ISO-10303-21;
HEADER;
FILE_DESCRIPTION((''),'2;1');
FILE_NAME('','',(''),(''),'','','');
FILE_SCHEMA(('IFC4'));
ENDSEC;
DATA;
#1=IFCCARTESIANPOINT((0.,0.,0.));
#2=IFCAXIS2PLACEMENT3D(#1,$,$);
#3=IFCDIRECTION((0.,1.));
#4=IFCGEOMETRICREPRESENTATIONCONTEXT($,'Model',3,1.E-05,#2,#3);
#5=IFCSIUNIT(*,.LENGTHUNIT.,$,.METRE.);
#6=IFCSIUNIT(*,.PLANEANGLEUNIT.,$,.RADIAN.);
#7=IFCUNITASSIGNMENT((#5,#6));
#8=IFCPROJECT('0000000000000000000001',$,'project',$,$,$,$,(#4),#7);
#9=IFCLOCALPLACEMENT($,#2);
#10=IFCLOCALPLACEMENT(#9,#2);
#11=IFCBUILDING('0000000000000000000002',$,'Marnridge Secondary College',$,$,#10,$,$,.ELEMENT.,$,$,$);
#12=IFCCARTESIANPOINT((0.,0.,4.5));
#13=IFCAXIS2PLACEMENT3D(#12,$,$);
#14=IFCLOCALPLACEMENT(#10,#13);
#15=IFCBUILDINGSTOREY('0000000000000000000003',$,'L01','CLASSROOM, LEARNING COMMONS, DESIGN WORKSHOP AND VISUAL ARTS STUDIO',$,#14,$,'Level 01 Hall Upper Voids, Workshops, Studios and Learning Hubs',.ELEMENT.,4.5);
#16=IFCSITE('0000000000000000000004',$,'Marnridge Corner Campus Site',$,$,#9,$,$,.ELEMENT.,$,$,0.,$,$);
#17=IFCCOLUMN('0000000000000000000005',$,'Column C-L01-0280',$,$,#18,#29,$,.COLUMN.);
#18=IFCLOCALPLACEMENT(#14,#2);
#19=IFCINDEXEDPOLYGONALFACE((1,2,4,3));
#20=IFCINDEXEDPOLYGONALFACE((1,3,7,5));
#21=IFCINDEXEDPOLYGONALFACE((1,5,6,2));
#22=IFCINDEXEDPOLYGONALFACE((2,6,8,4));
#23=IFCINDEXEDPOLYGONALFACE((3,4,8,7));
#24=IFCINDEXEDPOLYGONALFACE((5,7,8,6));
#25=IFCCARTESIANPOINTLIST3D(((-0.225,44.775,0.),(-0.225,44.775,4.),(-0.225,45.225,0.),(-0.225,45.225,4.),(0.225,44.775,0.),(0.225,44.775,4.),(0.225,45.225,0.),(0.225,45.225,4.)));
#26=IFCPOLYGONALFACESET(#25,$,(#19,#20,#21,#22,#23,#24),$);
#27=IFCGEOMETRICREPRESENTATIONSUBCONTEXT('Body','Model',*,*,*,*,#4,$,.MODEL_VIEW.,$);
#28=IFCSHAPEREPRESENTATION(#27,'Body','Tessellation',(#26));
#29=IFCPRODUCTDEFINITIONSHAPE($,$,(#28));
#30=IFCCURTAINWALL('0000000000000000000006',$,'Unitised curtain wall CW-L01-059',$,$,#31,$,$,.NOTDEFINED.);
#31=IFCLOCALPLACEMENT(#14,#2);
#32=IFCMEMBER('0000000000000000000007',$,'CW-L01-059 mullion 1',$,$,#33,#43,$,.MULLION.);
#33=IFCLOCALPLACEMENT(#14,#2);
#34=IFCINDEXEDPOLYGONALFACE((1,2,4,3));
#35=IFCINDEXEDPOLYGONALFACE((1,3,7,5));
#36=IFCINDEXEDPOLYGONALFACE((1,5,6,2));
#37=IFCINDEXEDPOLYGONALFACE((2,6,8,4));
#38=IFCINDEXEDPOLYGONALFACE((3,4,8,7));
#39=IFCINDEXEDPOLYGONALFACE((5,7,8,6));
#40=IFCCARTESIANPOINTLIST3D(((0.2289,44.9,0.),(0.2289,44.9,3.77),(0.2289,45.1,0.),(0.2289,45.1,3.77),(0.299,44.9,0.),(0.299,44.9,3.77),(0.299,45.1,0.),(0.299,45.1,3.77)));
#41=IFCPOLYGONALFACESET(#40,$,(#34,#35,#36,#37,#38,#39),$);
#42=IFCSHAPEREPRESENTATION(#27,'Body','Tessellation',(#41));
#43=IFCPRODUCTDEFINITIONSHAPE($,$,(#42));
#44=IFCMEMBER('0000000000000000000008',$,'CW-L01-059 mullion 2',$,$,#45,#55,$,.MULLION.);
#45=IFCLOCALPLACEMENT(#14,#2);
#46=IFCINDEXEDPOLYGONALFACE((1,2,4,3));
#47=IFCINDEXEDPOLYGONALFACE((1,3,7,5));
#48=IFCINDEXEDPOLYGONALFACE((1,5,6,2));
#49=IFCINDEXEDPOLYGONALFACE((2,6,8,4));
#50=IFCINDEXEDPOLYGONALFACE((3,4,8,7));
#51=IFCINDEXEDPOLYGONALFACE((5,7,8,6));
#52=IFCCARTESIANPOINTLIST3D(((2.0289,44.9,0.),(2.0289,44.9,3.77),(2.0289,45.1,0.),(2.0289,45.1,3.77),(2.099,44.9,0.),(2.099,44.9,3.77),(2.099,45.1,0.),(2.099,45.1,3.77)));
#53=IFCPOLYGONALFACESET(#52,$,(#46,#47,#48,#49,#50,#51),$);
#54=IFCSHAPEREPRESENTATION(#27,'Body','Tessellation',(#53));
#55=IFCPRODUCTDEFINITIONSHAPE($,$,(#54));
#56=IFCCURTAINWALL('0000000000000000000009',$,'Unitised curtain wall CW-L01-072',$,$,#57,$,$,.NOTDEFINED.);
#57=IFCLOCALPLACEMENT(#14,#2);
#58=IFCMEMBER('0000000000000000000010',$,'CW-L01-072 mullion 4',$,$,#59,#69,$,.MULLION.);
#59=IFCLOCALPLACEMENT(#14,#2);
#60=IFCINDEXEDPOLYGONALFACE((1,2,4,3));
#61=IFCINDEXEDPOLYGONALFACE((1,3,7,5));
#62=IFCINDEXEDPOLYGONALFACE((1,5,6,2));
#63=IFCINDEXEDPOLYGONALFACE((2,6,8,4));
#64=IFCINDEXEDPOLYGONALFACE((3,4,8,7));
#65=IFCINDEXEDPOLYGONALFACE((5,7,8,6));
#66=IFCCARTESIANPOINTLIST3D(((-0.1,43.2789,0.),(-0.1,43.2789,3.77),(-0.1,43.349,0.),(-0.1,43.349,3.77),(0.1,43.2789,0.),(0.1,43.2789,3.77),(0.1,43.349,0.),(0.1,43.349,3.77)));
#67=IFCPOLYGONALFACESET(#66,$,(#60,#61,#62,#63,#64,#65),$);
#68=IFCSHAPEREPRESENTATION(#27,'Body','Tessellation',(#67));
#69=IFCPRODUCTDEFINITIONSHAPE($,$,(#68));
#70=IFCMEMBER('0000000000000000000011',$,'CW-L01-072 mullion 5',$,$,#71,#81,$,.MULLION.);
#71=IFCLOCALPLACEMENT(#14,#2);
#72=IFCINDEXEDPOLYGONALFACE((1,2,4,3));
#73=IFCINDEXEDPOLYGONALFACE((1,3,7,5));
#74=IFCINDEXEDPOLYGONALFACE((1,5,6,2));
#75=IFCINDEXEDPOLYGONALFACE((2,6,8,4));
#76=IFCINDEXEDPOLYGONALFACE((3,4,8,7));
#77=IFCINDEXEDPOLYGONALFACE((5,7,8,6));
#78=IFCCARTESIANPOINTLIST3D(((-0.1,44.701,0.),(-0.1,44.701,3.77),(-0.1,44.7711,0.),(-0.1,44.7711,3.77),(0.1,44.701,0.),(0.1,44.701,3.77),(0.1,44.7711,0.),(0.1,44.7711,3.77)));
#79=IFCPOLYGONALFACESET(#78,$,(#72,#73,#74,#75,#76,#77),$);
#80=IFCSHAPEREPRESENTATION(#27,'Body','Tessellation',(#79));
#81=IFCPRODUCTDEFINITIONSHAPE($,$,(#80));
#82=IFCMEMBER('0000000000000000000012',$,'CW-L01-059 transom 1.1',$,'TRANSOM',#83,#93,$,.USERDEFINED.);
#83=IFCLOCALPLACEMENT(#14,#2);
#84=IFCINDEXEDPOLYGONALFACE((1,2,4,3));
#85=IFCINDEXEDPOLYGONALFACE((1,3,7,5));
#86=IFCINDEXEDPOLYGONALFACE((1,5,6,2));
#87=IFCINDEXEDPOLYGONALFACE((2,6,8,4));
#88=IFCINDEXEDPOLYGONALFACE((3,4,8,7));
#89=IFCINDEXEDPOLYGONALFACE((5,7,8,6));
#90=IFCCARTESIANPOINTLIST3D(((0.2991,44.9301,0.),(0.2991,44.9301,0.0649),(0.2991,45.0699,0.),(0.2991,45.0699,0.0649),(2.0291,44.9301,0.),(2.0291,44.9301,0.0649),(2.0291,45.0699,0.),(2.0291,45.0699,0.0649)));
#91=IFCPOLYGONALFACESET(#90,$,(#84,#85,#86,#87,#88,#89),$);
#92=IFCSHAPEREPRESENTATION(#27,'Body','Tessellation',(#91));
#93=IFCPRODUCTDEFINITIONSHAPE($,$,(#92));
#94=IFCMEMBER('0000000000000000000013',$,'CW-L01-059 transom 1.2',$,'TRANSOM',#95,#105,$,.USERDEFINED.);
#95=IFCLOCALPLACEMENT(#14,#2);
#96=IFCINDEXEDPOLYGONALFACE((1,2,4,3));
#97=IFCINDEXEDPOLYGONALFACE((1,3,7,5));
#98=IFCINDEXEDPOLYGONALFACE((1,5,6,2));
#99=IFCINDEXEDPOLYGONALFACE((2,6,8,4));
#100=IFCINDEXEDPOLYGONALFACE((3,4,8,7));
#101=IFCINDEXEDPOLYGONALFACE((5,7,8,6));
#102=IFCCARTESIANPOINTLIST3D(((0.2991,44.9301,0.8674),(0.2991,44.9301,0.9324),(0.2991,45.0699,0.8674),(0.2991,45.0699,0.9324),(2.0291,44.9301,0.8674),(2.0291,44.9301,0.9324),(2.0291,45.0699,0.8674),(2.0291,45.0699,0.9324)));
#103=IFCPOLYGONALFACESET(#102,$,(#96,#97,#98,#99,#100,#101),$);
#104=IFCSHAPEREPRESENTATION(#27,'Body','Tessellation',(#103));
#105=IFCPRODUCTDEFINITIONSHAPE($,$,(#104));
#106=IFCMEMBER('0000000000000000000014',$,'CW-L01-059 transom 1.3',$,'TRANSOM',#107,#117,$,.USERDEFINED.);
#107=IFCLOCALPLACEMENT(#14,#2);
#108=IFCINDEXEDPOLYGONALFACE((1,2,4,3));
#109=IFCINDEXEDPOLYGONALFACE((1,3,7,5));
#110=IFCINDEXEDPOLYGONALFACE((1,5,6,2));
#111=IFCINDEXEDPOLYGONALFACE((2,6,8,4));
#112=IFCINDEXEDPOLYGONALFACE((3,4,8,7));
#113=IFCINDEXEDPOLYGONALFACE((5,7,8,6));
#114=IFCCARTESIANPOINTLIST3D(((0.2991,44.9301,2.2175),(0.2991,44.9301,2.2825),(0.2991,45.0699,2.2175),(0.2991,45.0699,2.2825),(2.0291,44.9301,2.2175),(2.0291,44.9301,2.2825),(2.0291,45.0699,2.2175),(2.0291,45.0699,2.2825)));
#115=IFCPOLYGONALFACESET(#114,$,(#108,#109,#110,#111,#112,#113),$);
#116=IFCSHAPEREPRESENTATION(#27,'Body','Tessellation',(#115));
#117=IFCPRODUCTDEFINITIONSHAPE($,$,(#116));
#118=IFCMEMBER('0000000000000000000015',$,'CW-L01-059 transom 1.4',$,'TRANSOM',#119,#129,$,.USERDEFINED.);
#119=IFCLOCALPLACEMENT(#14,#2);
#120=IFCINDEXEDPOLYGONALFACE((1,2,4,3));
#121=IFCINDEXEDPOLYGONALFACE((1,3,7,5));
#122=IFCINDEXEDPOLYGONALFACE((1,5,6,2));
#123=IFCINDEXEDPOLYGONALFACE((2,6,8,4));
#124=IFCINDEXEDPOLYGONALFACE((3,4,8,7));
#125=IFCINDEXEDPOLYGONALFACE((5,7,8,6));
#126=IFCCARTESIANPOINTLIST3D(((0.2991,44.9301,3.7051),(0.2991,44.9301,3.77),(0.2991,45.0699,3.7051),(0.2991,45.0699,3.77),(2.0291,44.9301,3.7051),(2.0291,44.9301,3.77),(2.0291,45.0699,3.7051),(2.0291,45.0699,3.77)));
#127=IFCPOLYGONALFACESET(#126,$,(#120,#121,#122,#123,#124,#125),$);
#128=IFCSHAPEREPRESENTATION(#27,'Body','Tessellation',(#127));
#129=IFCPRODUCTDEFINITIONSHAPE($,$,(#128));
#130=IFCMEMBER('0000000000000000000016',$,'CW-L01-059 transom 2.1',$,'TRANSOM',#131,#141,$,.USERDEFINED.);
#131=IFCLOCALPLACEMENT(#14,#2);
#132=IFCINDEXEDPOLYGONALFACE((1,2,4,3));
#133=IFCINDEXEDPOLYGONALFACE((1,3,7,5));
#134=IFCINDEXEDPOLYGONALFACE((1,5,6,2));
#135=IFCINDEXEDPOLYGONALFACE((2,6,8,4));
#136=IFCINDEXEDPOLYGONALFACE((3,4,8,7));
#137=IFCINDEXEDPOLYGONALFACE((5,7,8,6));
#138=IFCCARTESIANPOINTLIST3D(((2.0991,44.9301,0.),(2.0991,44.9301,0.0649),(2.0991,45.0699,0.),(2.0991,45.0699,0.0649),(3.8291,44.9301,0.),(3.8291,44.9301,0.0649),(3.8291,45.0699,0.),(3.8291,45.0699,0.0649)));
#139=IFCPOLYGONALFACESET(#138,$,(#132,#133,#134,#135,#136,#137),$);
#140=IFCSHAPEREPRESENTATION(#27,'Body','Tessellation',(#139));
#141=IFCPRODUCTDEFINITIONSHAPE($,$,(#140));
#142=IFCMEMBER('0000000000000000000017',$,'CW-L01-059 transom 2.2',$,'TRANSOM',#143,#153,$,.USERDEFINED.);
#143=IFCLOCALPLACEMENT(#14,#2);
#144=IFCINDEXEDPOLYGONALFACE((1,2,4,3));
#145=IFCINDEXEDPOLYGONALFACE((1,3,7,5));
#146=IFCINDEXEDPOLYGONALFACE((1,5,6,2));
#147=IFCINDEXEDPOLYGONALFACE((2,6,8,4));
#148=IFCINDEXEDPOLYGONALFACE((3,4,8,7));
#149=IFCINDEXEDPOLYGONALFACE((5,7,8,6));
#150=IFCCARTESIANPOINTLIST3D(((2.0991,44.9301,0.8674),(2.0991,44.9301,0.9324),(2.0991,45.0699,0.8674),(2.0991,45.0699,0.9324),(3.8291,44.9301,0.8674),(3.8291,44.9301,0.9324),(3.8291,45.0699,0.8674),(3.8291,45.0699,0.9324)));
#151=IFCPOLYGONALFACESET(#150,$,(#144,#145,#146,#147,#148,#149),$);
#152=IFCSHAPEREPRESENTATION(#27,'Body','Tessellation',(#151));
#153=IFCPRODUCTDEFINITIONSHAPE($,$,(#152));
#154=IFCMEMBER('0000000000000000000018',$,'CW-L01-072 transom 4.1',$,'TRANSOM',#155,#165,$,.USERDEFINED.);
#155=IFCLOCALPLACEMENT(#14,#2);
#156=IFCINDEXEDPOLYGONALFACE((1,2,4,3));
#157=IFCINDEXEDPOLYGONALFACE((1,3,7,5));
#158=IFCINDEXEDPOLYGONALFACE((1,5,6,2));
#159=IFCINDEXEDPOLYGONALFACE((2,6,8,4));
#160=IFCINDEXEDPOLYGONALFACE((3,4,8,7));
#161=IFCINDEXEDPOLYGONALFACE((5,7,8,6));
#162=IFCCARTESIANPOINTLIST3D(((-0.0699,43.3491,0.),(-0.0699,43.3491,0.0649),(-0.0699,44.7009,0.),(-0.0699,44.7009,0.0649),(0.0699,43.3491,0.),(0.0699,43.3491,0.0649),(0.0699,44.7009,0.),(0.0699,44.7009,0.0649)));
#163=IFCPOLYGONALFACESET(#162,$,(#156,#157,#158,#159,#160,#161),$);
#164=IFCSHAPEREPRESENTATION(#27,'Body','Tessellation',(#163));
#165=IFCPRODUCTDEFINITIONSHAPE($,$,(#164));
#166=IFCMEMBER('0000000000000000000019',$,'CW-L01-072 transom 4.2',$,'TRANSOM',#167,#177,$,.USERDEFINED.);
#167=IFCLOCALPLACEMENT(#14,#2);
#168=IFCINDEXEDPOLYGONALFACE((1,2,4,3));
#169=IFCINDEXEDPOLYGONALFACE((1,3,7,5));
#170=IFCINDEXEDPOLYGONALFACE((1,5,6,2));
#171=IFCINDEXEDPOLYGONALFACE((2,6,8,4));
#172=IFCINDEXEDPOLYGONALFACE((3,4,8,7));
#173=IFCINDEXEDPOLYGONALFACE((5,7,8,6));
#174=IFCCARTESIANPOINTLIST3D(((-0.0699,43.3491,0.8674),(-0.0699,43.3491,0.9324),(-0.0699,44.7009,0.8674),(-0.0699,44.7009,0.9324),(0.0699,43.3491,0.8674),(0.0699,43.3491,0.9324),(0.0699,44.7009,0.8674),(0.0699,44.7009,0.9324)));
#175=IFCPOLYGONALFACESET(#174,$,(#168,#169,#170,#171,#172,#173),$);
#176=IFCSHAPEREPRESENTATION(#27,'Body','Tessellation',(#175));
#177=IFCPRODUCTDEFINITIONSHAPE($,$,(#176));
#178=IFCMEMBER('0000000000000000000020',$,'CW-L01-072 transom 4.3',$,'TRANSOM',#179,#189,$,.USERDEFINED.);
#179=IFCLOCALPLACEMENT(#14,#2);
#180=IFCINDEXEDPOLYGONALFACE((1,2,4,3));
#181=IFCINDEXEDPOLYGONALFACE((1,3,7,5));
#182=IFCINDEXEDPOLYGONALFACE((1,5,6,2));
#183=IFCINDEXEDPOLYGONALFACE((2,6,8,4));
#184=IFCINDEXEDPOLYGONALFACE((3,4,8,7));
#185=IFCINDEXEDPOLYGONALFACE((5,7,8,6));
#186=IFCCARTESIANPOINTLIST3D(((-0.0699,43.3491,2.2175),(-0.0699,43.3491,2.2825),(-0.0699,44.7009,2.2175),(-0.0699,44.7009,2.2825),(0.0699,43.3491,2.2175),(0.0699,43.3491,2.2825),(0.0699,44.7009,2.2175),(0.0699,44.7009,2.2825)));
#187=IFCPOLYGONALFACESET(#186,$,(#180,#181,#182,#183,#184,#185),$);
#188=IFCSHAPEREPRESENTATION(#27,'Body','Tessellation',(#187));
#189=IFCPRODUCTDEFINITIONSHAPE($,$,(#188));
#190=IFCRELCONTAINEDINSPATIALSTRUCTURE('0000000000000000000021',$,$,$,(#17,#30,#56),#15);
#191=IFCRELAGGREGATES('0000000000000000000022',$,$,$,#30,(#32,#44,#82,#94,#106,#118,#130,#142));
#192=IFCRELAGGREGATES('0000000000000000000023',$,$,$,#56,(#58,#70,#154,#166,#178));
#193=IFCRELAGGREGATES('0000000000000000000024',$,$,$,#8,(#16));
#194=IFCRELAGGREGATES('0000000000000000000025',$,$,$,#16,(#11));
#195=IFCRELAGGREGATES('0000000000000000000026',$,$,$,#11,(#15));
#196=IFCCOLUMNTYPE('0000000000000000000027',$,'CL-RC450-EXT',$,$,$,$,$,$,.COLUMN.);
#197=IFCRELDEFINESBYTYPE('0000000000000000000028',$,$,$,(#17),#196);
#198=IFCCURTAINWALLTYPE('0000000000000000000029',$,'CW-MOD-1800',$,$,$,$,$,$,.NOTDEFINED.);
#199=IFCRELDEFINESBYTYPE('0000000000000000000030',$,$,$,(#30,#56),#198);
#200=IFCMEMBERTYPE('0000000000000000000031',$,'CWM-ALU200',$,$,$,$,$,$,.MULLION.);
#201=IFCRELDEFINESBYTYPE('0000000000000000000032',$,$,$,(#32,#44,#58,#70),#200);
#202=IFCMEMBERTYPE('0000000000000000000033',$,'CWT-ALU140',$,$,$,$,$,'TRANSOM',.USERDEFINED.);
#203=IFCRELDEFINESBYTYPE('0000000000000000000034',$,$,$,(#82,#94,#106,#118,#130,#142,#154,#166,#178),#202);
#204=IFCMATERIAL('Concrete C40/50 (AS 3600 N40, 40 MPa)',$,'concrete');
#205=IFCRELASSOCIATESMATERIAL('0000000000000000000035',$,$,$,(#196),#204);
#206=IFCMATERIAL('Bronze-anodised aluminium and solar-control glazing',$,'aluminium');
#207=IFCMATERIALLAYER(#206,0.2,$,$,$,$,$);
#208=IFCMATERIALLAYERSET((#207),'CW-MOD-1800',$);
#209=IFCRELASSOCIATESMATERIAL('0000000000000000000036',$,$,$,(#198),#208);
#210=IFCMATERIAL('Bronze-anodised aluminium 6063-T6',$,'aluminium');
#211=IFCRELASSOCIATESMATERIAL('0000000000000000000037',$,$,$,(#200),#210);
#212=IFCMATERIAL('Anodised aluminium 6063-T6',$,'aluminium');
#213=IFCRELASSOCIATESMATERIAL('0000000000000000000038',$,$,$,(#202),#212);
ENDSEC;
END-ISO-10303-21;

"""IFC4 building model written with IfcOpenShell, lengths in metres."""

from ifc_helpers import new_model, si_unit, direction, frame, origin, origin_2d, place, context, subcontext, project, spatial, rectangle, extrude, material, layer, layer_set, material_profile, profile_set, type_object, element, aggregate, save


model = new_model("IFC4")

# Units and contexts
model_context = context("Model", 3, precision=1e-05, world=origin(), true_north=direction((0.0, 1.0)))
body_context = subcontext(model_context, "Body", "Model", "MODEL_VIEW")
ifc_project = project(units=[si_unit("LENGTHUNIT", "METRE"), si_unit("PLANEANGLEUNIT", "RADIAN")], contexts=[model_context])

# Site, building, storey
site_placement = place(None, origin())
site = spatial("IfcSite", under=ifc_project, at=site_placement, Name="Marnridge Corner Campus Site", CompositionType="ELEMENT", RefElevation=0.0)
building_placement = place(site_placement, origin())
building = spatial("IfcBuilding", under=site, at=building_placement, Name="Marnridge Secondary College", CompositionType="ELEMENT")
storey_placement = place(building_placement, frame((0.0, 0.0, 4.5)))
storey = spatial("IfcBuildingStorey", under=building, at=storey_placement, Name="L01", Description="CLASSROOM, LEARNING COMMONS, DESIGN WORKSHOP AND VISUAL ARTS STUDIO", LongName="Level 01 Hall Upper Voids, Workshops, Studios and Learning Hubs", CompositionType="ELEMENT", Elevation=4.5)

# Column
ifc_material_1 = material(Name="Concrete C40/50 (AS 3600 N40, 40 MPa)", Category="concrete")
ifc_material_profile_1 = material_profile(ifc_material_1, rectangle(XDim=0.45, YDim=0.45, at=origin_2d()), Name="RC 450x450")
ifc_profile_set_1 = profile_set([ifc_material_profile_1], Name="Concrete C40/50 (AS 3600 N40, 40 MPa)")
column_type = type_object("IfcColumnType", Name="CL-RC450-EXT", PredefinedType="COLUMN", material=ifc_profile_set_1)
column_placement = place(storey_placement, frame((0.0, 45.0, 0.0), z_axis=(0.0, 0.0, 1.0), x_axis=(1.0, 0.0, 0.0)))
element("IfcColumn", 1, at=column_placement, inside=storey, type_object=column_type, Name="Column C-L01-0280", PredefinedType="COLUMN", context=body_context, shape_type="SweptSolid", body=[
    extrude(rectangle(XDim=0.45, YDim=0.45, at=origin_2d()), origin(), (0.0, 0.0, 1.0), 4.0),
])

# Curtain walls, members
ifc_material_2 = material(Name="Bronze-anodised aluminium and solar-control glazing", Category="aluminium")
ifc_layer_1 = layer(ifc_material_2, 0.2)
ifc_layer_set_1 = layer_set([ifc_layer_1], Name="CW-MOD-1800")
curtain_wall_type = type_object("IfcCurtainWallType", Name="CW-MOD-1800", PredefinedType="NOTDEFINED", material=ifc_layer_set_1)
curtain_wall_1_placement = place(storey_placement, origin())
curtain_wall_1 = element("IfcCurtainWall", 2, at=curtain_wall_1_placement, inside=storey, type_object=curtain_wall_type, Name="Unitised curtain wall CW-L01-059", PredefinedType="NOTDEFINED")
ifc_material_3 = material(Name="Bronze-anodised aluminium 6063-T6", Category="aluminium")
ifc_material_profile_2 = material_profile(ifc_material_3, rectangle(XDim=0.0701, YDim=0.2, at=origin_2d()), Name="ALU 70x200")
ifc_profile_set_2 = profile_set([ifc_material_profile_2], Name="Bronze-anodised aluminium 6063-T6")
member_type_1 = type_object("IfcMemberType", Name="CWM-ALU200", PredefinedType="MULLION", material=ifc_profile_set_2)
member_1_placement = place(storey_placement, frame((0.2639, 45.0, 0.0), z_axis=(0.0, 0.0, 1.0), x_axis=(1.0, 0.0, 0.0)))
member_1 = element("IfcMember", 3, at=member_1_placement, type_object=member_type_1, Name="CW-L01-059 mullion 1", PredefinedType="MULLION", context=body_context, shape_type="SweptSolid", body=[
    extrude(rectangle(XDim=0.0701, YDim=0.2, at=origin_2d()), origin(), (0.0, 0.0, 1.0), 3.77),
])
member_2_placement = place(storey_placement, frame((2.064, 45.0, 0.0), z_axis=(0.0, 0.0, 1.0), x_axis=(1.0, 0.0, 0.0)))
member_2 = element("IfcMember", 4, at=member_2_placement, type_object=member_type_1, Name="CW-L01-059 mullion 2", PredefinedType="MULLION", context=body_context, shape_type="SweptSolid", body=[
    extrude(rectangle(XDim=0.0701, YDim=0.2, at=origin_2d()), origin(), (0.0, 0.0, 1.0), 3.77),
])
curtain_wall_2_placement = place(storey_placement, origin())
curtain_wall_2 = element("IfcCurtainWall", 5, at=curtain_wall_2_placement, inside=storey, type_object=curtain_wall_type, Name="Unitised curtain wall CW-L01-072", PredefinedType="NOTDEFINED")
member_3_placement = place(storey_placement, frame((0.0, 43.314, 0.0), z_axis=(0.0, 0.0, 1.0), x_axis=(0.0, 1.0, 0.0)))
member_3 = element("IfcMember", 6, at=member_3_placement, type_object=member_type_1, Name="CW-L01-072 mullion 4", PredefinedType="MULLION", context=body_context, shape_type="SweptSolid", body=[
    extrude(rectangle(XDim=0.0701, YDim=0.2, at=origin_2d()), origin(), (0.0, 0.0, 1.0), 3.77),
])
member_4_placement = place(storey_placement, frame((0.0, 44.7361, 0.0), z_axis=(0.0, 0.0, 1.0), x_axis=(0.0, 1.0, 0.0)))
member_4 = element("IfcMember", 7, at=member_4_placement, type_object=member_type_1, Name="CW-L01-072 mullion 5", PredefinedType="MULLION", context=body_context, shape_type="SweptSolid", body=[
    extrude(rectangle(XDim=0.0701, YDim=0.2, at=origin_2d()), origin(), (0.0, 0.0, 1.0), 3.77),
])

# Members
ifc_material_4 = material(Name="Anodised aluminium 6063-T6", Category="aluminium")
ifc_material_profile_3 = material_profile(ifc_material_4, rectangle(XDim=0.0649, YDim=0.1399, at=origin_2d()), Name="ALU 65x140")
ifc_profile_set_3 = profile_set([ifc_material_profile_3], Name="Anodised aluminium 6063-T6")
member_type_2 = type_object("IfcMemberType", Name="CWT-ALU140", ElementType="TRANSOM", PredefinedType="USERDEFINED", material=ifc_profile_set_3)
member_5_placement = place(storey_placement, frame((0.2991, 45.0, 0.0325), z_axis=(1.0, 0.0, 0.0), x_axis=(0.0, 0.0, 1.0)))
member_5 = element("IfcMember", 8, at=member_5_placement, type_object=member_type_2, Name="CW-L01-059 transom 1.1", ObjectType="TRANSOM", PredefinedType="USERDEFINED", context=body_context, shape_type="SweptSolid", body=[
    extrude(rectangle(XDim=0.0649, YDim=0.1399, at=origin_2d()), origin(), (0.0, 0.0, 1.0), 1.73),
])
member_6_placement = place(storey_placement, frame((0.2991, 45.0, 0.8999), z_axis=(1.0, 0.0, 0.0), x_axis=(0.0, 0.0, 1.0)))
member_6 = element("IfcMember", 9, at=member_6_placement, type_object=member_type_2, Name="CW-L01-059 transom 1.2", ObjectType="TRANSOM", PredefinedType="USERDEFINED", context=body_context, shape_type="SweptSolid", body=[
    extrude(rectangle(XDim=0.0649, YDim=0.1399, at=origin_2d()), origin(), (0.0, 0.0, 1.0), 1.73),
])
member_7_placement = place(storey_placement, frame((0.2991, 45.0, 2.25), z_axis=(1.0, 0.0, 0.0), x_axis=(0.0, 0.0, 1.0)))
member_7 = element("IfcMember", 10, at=member_7_placement, type_object=member_type_2, Name="CW-L01-059 transom 1.3", ObjectType="TRANSOM", PredefinedType="USERDEFINED", context=body_context, shape_type="SweptSolid", body=[
    extrude(rectangle(XDim=0.0649, YDim=0.1399, at=origin_2d()), origin(), (0.0, 0.0, 1.0), 1.73),
])
member_8_placement = place(storey_placement, frame((0.2991, 45.0, 3.7375), z_axis=(1.0, 0.0, 0.0), x_axis=(0.0, 0.0, 1.0)))
member_8 = element("IfcMember", 11, at=member_8_placement, type_object=member_type_2, Name="CW-L01-059 transom 1.4", ObjectType="TRANSOM", PredefinedType="USERDEFINED", context=body_context, shape_type="SweptSolid", body=[
    extrude(rectangle(XDim=0.0649, YDim=0.1399, at=origin_2d()), origin(), (0.0, 0.0, 1.0), 1.73),
])
member_9_placement = place(storey_placement, frame((2.0991, 45.0, 0.0325), z_axis=(1.0, 0.0, 0.0), x_axis=(0.0, 0.0, 1.0)))
member_9 = element("IfcMember", 12, at=member_9_placement, type_object=member_type_2, Name="CW-L01-059 transom 2.1", ObjectType="TRANSOM", PredefinedType="USERDEFINED", context=body_context, shape_type="SweptSolid", body=[
    extrude(rectangle(XDim=0.0649, YDim=0.1399, at=origin_2d()), origin(), (0.0, 0.0, 1.0), 1.73),
])
member_10_placement = place(storey_placement, frame((2.0991, 45.0, 0.8999), z_axis=(1.0, 0.0, 0.0), x_axis=(0.0, 0.0, 1.0)))
member_10 = element("IfcMember", 13, at=member_10_placement, type_object=member_type_2, Name="CW-L01-059 transom 2.2", ObjectType="TRANSOM", PredefinedType="USERDEFINED", context=body_context, shape_type="SweptSolid", body=[
    extrude(rectangle(XDim=0.0649, YDim=0.1399, at=origin_2d()), origin(), (0.0, 0.0, 1.0), 1.73),
])
member_11_placement = place(storey_placement, frame((0.0, 43.3491, 0.0325), z_axis=(0.0, 1.0, 0.0), x_axis=(0.0, 0.0, 1.0)))
member_11 = element("IfcMember", 14, at=member_11_placement, type_object=member_type_2, Name="CW-L01-072 transom 4.1", ObjectType="TRANSOM", PredefinedType="USERDEFINED", context=body_context, shape_type="SweptSolid", body=[
    extrude(rectangle(XDim=0.0649, YDim=0.1399, at=origin_2d()), origin(), (0.0, 0.0, 1.0), 1.3518),
])
member_12_placement = place(storey_placement, frame((0.0, 43.3491, 0.8999), z_axis=(0.0, 1.0, 0.0), x_axis=(0.0, 0.0, 1.0)))
member_12 = element("IfcMember", 15, at=member_12_placement, type_object=member_type_2, Name="CW-L01-072 transom 4.2", ObjectType="TRANSOM", PredefinedType="USERDEFINED", context=body_context, shape_type="SweptSolid", body=[
    extrude(rectangle(XDim=0.0649, YDim=0.1399, at=origin_2d()), origin(), (0.0, 0.0, 1.0), 1.3518),
])
member_13_placement = place(storey_placement, frame((0.0, 43.3491, 2.25), z_axis=(0.0, 1.0, 0.0), x_axis=(0.0, 0.0, 1.0)))
member_13 = element("IfcMember", 16, at=member_13_placement, type_object=member_type_2, Name="CW-L01-072 transom 4.3", ObjectType="TRANSOM", PredefinedType="USERDEFINED", context=body_context, shape_type="SweptSolid", body=[
    extrude(rectangle(XDim=0.0649, YDim=0.1399, at=origin_2d()), origin(), (0.0, 0.0, 1.0), 1.3518),
])

aggregate(curtain_wall_1, [member_1, member_2, member_5, member_6, member_7, member_8, member_9, member_10])
aggregate(curtain_wall_2, [member_3, member_4, member_11, member_12, member_13])

save(model, "model.ifc")
